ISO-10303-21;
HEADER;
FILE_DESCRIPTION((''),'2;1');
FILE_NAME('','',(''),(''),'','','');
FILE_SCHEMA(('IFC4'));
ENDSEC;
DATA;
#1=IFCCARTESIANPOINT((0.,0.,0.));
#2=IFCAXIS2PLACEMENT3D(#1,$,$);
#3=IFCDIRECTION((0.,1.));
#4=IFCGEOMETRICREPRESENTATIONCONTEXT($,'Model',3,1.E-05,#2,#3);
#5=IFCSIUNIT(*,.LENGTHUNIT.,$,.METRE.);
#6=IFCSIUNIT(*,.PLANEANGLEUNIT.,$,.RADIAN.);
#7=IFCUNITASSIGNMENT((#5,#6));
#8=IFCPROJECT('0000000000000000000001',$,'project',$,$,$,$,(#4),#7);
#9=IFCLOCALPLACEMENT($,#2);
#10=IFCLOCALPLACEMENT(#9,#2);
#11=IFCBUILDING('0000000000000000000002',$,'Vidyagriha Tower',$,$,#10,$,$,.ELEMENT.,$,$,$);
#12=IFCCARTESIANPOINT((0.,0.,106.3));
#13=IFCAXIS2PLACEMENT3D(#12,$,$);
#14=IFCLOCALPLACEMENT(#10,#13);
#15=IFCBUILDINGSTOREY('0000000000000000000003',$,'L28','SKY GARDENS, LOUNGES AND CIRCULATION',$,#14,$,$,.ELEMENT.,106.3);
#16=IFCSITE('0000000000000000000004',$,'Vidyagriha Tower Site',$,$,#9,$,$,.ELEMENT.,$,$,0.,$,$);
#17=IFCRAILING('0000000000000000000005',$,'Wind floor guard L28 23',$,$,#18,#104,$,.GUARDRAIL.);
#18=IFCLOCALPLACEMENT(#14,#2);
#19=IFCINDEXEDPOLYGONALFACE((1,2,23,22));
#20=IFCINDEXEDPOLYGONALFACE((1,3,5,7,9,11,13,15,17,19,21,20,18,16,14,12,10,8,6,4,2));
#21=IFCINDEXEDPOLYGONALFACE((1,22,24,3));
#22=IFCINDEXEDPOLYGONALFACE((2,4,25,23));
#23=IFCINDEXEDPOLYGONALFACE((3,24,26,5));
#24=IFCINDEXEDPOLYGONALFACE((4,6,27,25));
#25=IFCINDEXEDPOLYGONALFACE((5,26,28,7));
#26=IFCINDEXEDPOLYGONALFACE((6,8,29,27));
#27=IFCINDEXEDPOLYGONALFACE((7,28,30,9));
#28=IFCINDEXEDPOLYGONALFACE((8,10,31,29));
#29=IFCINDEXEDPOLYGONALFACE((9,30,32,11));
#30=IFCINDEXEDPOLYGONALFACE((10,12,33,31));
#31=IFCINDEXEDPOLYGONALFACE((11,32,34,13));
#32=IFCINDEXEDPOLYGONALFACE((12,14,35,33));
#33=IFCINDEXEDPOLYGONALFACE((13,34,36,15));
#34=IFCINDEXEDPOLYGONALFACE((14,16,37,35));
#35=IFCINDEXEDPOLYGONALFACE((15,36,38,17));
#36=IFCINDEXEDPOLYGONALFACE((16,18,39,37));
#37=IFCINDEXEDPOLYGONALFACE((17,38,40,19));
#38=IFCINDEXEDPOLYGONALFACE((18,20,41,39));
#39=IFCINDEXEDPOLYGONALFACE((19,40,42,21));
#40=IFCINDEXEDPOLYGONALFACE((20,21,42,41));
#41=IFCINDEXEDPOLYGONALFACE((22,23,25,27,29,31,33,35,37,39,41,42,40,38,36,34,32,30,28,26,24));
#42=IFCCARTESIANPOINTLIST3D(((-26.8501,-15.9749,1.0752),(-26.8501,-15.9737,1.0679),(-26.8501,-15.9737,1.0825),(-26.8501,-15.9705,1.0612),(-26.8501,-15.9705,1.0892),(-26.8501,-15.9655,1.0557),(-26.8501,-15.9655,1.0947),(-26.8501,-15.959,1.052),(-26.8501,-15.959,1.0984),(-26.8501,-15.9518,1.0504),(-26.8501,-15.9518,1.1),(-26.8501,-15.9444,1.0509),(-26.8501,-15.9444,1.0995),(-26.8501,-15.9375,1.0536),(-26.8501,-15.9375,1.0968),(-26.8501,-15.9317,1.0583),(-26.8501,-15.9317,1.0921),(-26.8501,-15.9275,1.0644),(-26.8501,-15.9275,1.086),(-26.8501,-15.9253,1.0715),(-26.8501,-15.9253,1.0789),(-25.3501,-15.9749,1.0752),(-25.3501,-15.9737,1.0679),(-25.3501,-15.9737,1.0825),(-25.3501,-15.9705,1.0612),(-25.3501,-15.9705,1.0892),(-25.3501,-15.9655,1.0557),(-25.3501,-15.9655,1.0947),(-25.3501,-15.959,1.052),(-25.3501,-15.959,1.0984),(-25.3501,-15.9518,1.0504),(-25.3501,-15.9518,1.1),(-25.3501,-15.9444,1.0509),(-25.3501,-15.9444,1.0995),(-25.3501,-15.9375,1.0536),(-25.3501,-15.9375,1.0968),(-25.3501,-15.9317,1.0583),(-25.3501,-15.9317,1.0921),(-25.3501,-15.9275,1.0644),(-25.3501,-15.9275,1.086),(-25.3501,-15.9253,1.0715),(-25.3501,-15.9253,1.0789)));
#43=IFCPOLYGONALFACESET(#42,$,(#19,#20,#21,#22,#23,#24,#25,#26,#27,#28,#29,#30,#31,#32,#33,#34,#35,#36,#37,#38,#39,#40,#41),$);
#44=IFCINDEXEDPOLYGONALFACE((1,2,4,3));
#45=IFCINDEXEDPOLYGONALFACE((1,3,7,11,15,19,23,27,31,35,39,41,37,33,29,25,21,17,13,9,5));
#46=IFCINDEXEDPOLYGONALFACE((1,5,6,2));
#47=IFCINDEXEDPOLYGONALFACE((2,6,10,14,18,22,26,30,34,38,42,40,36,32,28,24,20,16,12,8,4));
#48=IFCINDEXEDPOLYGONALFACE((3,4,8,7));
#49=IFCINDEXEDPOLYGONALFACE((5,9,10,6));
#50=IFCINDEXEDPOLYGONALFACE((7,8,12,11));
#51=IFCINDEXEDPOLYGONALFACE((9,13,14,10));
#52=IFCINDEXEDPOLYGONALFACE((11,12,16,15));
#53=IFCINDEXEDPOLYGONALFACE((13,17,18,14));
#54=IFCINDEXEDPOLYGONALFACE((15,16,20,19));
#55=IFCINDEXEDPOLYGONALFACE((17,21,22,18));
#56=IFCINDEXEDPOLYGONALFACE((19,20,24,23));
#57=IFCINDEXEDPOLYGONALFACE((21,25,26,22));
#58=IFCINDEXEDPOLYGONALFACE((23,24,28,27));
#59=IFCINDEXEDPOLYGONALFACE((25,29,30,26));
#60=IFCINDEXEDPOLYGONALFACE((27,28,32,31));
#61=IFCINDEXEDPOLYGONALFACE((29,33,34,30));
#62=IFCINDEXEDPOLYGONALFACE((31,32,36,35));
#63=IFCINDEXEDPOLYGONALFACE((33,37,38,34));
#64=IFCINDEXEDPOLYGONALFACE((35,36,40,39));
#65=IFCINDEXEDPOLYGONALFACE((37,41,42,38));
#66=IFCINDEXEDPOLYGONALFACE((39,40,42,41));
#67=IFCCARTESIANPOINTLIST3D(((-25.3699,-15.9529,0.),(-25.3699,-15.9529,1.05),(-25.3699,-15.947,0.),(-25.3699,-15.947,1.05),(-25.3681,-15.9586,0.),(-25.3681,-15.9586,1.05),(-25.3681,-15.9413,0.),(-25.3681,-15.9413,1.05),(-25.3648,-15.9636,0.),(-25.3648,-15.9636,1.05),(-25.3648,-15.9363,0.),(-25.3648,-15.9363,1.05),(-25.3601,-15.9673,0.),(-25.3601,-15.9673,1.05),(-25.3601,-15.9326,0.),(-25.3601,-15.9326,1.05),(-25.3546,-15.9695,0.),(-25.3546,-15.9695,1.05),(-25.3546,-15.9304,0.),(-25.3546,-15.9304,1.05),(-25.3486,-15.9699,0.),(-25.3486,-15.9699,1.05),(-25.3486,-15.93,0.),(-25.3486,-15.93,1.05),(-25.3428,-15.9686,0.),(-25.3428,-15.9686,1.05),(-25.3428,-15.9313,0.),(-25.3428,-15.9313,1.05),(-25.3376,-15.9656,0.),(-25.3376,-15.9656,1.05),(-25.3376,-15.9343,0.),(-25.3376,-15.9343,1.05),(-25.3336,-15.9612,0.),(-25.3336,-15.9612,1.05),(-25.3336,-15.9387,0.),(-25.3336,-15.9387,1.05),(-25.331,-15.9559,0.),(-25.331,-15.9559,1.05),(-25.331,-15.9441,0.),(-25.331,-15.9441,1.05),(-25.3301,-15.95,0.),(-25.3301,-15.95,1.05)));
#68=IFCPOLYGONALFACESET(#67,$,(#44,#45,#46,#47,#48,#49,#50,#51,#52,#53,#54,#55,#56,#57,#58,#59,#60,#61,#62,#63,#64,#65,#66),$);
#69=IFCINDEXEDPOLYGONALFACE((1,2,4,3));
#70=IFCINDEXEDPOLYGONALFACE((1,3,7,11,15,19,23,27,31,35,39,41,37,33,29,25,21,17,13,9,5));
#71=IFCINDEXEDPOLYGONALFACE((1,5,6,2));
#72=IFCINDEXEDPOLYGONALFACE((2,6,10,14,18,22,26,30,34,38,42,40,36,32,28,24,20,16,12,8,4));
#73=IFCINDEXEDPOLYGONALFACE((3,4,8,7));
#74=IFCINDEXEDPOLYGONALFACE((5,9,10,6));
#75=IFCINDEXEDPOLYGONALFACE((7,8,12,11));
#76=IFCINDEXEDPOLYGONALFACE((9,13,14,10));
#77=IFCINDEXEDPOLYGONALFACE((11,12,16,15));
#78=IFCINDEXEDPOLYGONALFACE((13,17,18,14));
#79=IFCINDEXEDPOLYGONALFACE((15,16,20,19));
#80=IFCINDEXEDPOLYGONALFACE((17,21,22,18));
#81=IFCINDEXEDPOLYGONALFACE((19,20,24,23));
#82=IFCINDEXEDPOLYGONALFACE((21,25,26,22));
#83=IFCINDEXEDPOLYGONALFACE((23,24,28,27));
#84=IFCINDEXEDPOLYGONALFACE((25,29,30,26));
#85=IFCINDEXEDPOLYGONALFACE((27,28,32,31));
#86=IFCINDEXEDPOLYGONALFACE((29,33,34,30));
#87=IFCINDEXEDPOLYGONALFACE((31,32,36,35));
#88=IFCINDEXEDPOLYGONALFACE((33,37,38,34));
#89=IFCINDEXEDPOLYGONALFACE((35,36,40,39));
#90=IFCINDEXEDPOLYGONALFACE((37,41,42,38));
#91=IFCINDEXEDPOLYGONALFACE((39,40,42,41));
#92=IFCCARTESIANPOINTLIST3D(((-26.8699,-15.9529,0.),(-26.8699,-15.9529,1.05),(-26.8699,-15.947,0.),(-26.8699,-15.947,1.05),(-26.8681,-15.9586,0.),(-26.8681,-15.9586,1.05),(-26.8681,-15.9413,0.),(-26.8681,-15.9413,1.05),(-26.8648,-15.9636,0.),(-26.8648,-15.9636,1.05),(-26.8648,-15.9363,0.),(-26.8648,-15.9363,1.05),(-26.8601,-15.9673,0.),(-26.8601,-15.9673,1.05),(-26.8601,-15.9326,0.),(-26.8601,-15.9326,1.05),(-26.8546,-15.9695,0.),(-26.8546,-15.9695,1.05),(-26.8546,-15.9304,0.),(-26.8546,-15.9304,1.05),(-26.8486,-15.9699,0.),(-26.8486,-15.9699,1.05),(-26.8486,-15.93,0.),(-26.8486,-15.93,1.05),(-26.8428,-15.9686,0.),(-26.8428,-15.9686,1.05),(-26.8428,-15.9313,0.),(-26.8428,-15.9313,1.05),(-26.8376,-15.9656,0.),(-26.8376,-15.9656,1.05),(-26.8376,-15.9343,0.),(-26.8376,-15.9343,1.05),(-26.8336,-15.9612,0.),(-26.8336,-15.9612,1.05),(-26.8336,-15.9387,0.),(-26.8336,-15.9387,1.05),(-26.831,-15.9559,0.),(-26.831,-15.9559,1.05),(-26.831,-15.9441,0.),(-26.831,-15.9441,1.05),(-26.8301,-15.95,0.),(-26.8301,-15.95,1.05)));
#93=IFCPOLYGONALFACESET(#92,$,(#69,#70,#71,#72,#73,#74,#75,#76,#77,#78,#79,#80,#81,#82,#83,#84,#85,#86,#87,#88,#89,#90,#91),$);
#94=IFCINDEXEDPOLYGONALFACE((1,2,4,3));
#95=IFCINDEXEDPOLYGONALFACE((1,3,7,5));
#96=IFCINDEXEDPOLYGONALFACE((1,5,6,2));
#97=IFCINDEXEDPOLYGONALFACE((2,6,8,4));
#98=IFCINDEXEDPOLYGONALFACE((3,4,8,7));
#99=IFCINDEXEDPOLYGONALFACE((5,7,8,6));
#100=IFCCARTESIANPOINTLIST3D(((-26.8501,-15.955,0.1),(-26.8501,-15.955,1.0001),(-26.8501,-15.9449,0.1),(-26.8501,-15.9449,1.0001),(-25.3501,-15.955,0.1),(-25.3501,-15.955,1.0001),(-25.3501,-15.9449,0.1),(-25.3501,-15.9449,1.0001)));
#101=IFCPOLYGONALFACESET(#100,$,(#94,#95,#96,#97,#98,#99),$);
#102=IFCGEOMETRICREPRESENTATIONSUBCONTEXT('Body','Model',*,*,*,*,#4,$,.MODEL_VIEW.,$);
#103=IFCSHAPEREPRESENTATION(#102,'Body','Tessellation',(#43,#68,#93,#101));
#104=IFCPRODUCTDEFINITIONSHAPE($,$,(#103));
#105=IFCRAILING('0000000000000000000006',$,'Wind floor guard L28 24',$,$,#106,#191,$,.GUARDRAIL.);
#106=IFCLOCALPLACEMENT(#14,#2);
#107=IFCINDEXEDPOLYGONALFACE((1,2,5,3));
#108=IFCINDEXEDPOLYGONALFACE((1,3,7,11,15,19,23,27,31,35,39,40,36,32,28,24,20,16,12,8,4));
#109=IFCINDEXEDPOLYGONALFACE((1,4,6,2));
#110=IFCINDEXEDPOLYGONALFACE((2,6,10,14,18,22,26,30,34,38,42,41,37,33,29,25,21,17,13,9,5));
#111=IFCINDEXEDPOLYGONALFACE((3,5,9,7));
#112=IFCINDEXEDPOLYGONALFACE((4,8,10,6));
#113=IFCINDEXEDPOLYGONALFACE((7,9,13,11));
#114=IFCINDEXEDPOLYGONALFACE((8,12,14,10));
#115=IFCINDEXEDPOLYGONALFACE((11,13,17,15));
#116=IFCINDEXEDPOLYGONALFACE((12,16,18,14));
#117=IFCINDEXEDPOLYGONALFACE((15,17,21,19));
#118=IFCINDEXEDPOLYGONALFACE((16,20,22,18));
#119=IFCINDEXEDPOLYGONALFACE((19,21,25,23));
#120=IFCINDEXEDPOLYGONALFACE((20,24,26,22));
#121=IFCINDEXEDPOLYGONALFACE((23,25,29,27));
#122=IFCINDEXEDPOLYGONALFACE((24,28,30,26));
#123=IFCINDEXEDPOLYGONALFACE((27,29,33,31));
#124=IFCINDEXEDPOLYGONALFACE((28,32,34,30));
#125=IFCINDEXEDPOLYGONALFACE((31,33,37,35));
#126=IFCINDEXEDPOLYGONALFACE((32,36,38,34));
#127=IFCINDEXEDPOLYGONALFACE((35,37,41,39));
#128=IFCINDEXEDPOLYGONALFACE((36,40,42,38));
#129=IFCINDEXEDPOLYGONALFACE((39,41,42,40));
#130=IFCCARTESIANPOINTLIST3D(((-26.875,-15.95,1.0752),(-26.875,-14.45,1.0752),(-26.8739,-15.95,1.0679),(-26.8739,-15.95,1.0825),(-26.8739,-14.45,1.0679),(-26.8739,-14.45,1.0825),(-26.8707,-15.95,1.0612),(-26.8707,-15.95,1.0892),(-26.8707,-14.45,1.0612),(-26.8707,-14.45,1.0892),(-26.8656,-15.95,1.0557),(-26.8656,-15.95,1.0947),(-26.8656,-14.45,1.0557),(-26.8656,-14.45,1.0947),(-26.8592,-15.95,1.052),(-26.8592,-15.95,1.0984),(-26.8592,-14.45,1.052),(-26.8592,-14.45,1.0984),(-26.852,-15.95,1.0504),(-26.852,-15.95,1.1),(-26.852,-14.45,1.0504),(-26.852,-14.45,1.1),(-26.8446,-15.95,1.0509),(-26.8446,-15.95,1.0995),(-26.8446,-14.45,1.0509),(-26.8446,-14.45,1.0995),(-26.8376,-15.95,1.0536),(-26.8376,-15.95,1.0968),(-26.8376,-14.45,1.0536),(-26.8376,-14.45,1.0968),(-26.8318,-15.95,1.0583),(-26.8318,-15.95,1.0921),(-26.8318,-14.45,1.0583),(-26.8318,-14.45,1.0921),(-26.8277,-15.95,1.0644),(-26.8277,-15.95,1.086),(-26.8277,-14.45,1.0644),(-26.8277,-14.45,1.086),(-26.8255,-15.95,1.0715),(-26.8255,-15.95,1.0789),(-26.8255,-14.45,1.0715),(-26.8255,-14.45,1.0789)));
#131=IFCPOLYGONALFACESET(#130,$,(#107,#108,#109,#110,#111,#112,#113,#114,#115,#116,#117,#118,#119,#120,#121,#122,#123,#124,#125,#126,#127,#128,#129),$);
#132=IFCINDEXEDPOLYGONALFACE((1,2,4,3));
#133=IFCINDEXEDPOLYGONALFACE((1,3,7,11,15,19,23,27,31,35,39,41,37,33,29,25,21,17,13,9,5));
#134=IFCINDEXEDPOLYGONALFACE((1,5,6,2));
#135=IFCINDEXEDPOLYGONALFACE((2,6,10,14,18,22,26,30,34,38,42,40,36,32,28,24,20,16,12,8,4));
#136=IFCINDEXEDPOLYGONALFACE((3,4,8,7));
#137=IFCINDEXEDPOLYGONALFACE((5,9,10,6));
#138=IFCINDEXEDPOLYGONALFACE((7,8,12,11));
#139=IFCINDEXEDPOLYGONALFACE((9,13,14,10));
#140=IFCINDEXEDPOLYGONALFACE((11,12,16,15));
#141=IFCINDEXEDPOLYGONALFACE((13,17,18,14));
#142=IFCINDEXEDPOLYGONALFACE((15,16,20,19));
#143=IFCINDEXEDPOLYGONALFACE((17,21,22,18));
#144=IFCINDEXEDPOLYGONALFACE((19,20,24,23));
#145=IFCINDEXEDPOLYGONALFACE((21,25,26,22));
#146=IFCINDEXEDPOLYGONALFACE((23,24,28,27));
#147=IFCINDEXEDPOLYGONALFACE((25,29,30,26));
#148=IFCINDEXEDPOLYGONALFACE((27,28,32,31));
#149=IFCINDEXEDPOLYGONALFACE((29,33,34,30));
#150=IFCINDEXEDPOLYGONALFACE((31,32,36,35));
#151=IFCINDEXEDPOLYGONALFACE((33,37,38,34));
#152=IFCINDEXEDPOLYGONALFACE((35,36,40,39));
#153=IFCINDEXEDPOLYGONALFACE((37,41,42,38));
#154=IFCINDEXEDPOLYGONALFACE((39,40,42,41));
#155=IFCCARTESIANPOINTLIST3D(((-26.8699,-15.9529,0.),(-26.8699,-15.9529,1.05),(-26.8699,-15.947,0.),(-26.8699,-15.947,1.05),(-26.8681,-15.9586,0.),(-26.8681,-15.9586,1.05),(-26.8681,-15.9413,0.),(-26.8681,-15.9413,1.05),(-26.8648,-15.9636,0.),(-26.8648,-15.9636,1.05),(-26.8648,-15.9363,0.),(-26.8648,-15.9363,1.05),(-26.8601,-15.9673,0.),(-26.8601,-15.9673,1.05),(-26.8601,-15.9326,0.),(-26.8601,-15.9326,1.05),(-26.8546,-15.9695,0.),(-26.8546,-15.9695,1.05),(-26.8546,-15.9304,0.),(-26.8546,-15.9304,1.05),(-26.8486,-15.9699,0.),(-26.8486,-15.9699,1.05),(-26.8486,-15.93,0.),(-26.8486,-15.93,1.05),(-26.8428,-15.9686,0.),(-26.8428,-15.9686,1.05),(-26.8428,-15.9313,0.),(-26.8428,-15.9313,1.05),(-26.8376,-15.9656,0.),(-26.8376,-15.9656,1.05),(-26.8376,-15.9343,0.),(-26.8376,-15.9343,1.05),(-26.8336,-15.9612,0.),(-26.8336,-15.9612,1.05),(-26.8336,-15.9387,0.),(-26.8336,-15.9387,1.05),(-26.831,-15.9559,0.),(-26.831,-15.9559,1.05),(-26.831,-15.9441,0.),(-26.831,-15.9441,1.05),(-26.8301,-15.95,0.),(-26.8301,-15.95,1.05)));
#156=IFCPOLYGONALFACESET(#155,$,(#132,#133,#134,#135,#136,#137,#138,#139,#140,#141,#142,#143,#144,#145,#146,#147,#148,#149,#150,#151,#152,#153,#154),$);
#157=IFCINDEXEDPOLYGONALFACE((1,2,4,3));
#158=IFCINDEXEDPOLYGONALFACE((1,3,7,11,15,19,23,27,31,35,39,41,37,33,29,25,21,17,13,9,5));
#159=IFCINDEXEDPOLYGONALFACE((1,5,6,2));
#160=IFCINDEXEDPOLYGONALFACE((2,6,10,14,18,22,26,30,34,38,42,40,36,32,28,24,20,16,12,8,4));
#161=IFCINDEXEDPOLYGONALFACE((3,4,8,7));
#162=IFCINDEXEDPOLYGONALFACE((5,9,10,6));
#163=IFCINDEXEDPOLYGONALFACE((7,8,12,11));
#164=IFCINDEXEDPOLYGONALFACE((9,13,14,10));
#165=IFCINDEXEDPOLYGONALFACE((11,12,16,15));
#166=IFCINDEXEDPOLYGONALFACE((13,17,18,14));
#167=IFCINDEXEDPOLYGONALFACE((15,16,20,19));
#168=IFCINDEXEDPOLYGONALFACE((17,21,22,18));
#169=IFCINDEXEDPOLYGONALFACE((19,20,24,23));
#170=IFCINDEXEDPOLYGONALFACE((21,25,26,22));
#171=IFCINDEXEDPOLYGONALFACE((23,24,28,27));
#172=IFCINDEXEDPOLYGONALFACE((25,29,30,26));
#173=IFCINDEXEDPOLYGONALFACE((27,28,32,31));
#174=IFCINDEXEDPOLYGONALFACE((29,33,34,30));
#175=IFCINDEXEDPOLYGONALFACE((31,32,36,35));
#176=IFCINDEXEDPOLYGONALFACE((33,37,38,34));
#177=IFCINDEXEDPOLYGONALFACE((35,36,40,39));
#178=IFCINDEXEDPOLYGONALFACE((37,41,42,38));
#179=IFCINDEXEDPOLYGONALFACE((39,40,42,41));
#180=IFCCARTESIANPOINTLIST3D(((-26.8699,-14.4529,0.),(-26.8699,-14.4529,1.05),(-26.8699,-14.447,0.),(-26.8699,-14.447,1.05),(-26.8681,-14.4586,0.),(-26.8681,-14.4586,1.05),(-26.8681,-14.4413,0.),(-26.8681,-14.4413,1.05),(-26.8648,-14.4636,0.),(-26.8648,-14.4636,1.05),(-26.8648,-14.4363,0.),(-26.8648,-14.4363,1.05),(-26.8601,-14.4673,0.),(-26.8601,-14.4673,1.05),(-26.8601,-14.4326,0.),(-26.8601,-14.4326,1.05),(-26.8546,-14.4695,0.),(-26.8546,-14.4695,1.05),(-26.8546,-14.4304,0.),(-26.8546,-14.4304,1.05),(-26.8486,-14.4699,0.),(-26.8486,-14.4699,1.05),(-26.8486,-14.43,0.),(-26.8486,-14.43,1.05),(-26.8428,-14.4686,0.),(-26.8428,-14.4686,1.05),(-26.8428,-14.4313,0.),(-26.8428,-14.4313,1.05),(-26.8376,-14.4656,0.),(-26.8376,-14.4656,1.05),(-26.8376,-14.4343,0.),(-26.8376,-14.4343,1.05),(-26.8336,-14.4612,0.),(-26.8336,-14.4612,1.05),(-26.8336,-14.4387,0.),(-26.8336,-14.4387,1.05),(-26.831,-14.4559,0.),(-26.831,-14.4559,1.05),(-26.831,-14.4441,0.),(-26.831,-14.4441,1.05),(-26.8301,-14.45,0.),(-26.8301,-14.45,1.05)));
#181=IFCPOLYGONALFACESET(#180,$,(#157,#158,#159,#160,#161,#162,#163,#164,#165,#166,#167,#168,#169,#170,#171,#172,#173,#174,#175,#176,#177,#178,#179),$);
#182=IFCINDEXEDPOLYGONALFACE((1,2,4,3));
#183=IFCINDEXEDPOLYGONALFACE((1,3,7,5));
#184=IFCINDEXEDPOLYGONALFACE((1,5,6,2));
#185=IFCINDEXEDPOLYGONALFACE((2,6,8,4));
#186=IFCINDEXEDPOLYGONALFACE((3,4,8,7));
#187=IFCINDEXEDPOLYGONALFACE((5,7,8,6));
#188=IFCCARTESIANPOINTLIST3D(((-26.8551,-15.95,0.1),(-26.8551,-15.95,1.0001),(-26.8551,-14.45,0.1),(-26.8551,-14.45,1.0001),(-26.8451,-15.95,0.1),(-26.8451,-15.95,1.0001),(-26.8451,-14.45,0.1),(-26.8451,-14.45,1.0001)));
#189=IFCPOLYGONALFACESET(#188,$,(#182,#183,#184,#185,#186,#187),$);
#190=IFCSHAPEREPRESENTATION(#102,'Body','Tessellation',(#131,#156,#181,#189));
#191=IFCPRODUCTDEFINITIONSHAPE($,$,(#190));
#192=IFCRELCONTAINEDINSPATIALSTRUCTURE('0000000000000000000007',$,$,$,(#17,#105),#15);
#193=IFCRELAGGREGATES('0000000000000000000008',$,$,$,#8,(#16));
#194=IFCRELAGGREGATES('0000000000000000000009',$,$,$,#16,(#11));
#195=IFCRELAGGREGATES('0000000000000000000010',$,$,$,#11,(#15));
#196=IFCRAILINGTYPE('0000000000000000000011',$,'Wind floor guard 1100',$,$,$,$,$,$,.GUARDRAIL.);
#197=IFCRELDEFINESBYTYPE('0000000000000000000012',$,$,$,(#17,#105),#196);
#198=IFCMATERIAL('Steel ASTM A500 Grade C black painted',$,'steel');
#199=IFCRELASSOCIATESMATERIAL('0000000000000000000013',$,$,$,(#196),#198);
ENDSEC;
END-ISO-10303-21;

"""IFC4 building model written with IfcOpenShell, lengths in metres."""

from ifc_helpers import new_model, si_unit, direction, frame, origin, origin_2d, place, context, subcontext, project, spatial, rectangle, circle, extrude, material, type_object, element, save


model = new_model("IFC4")

# Units and contexts
model_context = context("Model", 3, precision=1e-05, world=origin(), true_north=direction((0.0, 1.0)))
body_context = subcontext(model_context, "Body", "Model", "MODEL_VIEW")
ifc_project = project(units=[si_unit("LENGTHUNIT", "METRE"), si_unit("PLANEANGLEUNIT", "RADIAN")], contexts=[model_context])

# Site, building, storey
site_placement = place(None, origin())
site = spatial("IfcSite", under=ifc_project, at=site_placement, Name="Vidyagriha Tower Site", CompositionType="ELEMENT", RefElevation=0.0)
building_placement = place(site_placement, origin())
building = spatial("IfcBuilding", under=site, at=building_placement, Name="Vidyagriha Tower", CompositionType="ELEMENT")
storey_placement = place(building_placement, frame((0.0, 0.0, 106.3)))
storey = spatial("IfcBuildingStorey", under=building, at=storey_placement, Name="L28", Description="SKY GARDENS, LOUNGES AND CIRCULATION", CompositionType="ELEMENT", Elevation=106.3)

# Railings
ifc_material_1 = material(Name="Steel ASTM A500 Grade C black painted", Category="steel")
railing_type = type_object("IfcRailingType", Name="Wind floor guard 1100", PredefinedType="GUARDRAIL", material=ifc_material_1)
railing_1_placement = place(storey_placement, frame((-25.3501, -15.95, 0.0)))
element("IfcRailing", 1, at=railing_1_placement, inside=storey, type_object=railing_type, Name="Wind floor guard L28 23", PredefinedType="GUARDRAIL", context=body_context, shape_type="SweptSolid", body=[
    extrude(circle(Radius=0.0249, at=origin_2d()), frame((0.0, 0.0, 1.0752), z_axis=(-1.0, 0.0, 0.0), x_axis=(0.0, -1.0, 0.0)), (0.0, 0.0, 1.0), 1.5),
    extrude(circle(Radius=0.02, at=origin_2d()), origin(), (0.0, 0.0, 1.0), 1.05),
    extrude(circle(Radius=0.02, at=origin_2d()), frame((-1.5, 0.0, 0.0)), (0.0, 0.0, 1.0), 1.05),
    extrude(rectangle(XDim=0.01, YDim=0.9001, at=origin_2d()), frame((0.0, 0.0, 0.55), z_axis=(-1.0, 0.0, 0.0), x_axis=(0.0, -1.0, 0.0)), (0.0, 0.0, 1.0), 1.5),
])
railing_2_placement = place(storey_placement, frame((-26.8501, -15.95, 0.0)))
element("IfcRailing", 2, at=railing_2_placement, inside=storey, type_object=railing_type, Name="Wind floor guard L28 24", PredefinedType="GUARDRAIL", context=body_context, shape_type="SweptSolid", body=[
    extrude(circle(Radius=0.0249, at=origin_2d()), frame((0.0, 0.0, 1.0752), z_axis=(0.0, 1.0, 0.0), x_axis=(-1.0, 0.0, 0.0)), (0.0, 0.0, 1.0), 1.5),
    extrude(circle(Radius=0.02, at=origin_2d()), origin(), (0.0, 0.0, 1.0), 1.05),
    extrude(circle(Radius=0.02, at=origin_2d()), frame((0.0, 1.5, 0.0)), (0.0, 0.0, 1.0), 1.05),
    extrude(rectangle(XDim=0.01, YDim=0.9001, at=origin_2d()), frame((0.0, 0.0, 0.55), z_axis=(0.0, 1.0, 0.0), x_axis=(-1.0, 0.0, 0.0)), (0.0, 0.0, 1.0), 1.5),
])

save(model, "model.ifc")
